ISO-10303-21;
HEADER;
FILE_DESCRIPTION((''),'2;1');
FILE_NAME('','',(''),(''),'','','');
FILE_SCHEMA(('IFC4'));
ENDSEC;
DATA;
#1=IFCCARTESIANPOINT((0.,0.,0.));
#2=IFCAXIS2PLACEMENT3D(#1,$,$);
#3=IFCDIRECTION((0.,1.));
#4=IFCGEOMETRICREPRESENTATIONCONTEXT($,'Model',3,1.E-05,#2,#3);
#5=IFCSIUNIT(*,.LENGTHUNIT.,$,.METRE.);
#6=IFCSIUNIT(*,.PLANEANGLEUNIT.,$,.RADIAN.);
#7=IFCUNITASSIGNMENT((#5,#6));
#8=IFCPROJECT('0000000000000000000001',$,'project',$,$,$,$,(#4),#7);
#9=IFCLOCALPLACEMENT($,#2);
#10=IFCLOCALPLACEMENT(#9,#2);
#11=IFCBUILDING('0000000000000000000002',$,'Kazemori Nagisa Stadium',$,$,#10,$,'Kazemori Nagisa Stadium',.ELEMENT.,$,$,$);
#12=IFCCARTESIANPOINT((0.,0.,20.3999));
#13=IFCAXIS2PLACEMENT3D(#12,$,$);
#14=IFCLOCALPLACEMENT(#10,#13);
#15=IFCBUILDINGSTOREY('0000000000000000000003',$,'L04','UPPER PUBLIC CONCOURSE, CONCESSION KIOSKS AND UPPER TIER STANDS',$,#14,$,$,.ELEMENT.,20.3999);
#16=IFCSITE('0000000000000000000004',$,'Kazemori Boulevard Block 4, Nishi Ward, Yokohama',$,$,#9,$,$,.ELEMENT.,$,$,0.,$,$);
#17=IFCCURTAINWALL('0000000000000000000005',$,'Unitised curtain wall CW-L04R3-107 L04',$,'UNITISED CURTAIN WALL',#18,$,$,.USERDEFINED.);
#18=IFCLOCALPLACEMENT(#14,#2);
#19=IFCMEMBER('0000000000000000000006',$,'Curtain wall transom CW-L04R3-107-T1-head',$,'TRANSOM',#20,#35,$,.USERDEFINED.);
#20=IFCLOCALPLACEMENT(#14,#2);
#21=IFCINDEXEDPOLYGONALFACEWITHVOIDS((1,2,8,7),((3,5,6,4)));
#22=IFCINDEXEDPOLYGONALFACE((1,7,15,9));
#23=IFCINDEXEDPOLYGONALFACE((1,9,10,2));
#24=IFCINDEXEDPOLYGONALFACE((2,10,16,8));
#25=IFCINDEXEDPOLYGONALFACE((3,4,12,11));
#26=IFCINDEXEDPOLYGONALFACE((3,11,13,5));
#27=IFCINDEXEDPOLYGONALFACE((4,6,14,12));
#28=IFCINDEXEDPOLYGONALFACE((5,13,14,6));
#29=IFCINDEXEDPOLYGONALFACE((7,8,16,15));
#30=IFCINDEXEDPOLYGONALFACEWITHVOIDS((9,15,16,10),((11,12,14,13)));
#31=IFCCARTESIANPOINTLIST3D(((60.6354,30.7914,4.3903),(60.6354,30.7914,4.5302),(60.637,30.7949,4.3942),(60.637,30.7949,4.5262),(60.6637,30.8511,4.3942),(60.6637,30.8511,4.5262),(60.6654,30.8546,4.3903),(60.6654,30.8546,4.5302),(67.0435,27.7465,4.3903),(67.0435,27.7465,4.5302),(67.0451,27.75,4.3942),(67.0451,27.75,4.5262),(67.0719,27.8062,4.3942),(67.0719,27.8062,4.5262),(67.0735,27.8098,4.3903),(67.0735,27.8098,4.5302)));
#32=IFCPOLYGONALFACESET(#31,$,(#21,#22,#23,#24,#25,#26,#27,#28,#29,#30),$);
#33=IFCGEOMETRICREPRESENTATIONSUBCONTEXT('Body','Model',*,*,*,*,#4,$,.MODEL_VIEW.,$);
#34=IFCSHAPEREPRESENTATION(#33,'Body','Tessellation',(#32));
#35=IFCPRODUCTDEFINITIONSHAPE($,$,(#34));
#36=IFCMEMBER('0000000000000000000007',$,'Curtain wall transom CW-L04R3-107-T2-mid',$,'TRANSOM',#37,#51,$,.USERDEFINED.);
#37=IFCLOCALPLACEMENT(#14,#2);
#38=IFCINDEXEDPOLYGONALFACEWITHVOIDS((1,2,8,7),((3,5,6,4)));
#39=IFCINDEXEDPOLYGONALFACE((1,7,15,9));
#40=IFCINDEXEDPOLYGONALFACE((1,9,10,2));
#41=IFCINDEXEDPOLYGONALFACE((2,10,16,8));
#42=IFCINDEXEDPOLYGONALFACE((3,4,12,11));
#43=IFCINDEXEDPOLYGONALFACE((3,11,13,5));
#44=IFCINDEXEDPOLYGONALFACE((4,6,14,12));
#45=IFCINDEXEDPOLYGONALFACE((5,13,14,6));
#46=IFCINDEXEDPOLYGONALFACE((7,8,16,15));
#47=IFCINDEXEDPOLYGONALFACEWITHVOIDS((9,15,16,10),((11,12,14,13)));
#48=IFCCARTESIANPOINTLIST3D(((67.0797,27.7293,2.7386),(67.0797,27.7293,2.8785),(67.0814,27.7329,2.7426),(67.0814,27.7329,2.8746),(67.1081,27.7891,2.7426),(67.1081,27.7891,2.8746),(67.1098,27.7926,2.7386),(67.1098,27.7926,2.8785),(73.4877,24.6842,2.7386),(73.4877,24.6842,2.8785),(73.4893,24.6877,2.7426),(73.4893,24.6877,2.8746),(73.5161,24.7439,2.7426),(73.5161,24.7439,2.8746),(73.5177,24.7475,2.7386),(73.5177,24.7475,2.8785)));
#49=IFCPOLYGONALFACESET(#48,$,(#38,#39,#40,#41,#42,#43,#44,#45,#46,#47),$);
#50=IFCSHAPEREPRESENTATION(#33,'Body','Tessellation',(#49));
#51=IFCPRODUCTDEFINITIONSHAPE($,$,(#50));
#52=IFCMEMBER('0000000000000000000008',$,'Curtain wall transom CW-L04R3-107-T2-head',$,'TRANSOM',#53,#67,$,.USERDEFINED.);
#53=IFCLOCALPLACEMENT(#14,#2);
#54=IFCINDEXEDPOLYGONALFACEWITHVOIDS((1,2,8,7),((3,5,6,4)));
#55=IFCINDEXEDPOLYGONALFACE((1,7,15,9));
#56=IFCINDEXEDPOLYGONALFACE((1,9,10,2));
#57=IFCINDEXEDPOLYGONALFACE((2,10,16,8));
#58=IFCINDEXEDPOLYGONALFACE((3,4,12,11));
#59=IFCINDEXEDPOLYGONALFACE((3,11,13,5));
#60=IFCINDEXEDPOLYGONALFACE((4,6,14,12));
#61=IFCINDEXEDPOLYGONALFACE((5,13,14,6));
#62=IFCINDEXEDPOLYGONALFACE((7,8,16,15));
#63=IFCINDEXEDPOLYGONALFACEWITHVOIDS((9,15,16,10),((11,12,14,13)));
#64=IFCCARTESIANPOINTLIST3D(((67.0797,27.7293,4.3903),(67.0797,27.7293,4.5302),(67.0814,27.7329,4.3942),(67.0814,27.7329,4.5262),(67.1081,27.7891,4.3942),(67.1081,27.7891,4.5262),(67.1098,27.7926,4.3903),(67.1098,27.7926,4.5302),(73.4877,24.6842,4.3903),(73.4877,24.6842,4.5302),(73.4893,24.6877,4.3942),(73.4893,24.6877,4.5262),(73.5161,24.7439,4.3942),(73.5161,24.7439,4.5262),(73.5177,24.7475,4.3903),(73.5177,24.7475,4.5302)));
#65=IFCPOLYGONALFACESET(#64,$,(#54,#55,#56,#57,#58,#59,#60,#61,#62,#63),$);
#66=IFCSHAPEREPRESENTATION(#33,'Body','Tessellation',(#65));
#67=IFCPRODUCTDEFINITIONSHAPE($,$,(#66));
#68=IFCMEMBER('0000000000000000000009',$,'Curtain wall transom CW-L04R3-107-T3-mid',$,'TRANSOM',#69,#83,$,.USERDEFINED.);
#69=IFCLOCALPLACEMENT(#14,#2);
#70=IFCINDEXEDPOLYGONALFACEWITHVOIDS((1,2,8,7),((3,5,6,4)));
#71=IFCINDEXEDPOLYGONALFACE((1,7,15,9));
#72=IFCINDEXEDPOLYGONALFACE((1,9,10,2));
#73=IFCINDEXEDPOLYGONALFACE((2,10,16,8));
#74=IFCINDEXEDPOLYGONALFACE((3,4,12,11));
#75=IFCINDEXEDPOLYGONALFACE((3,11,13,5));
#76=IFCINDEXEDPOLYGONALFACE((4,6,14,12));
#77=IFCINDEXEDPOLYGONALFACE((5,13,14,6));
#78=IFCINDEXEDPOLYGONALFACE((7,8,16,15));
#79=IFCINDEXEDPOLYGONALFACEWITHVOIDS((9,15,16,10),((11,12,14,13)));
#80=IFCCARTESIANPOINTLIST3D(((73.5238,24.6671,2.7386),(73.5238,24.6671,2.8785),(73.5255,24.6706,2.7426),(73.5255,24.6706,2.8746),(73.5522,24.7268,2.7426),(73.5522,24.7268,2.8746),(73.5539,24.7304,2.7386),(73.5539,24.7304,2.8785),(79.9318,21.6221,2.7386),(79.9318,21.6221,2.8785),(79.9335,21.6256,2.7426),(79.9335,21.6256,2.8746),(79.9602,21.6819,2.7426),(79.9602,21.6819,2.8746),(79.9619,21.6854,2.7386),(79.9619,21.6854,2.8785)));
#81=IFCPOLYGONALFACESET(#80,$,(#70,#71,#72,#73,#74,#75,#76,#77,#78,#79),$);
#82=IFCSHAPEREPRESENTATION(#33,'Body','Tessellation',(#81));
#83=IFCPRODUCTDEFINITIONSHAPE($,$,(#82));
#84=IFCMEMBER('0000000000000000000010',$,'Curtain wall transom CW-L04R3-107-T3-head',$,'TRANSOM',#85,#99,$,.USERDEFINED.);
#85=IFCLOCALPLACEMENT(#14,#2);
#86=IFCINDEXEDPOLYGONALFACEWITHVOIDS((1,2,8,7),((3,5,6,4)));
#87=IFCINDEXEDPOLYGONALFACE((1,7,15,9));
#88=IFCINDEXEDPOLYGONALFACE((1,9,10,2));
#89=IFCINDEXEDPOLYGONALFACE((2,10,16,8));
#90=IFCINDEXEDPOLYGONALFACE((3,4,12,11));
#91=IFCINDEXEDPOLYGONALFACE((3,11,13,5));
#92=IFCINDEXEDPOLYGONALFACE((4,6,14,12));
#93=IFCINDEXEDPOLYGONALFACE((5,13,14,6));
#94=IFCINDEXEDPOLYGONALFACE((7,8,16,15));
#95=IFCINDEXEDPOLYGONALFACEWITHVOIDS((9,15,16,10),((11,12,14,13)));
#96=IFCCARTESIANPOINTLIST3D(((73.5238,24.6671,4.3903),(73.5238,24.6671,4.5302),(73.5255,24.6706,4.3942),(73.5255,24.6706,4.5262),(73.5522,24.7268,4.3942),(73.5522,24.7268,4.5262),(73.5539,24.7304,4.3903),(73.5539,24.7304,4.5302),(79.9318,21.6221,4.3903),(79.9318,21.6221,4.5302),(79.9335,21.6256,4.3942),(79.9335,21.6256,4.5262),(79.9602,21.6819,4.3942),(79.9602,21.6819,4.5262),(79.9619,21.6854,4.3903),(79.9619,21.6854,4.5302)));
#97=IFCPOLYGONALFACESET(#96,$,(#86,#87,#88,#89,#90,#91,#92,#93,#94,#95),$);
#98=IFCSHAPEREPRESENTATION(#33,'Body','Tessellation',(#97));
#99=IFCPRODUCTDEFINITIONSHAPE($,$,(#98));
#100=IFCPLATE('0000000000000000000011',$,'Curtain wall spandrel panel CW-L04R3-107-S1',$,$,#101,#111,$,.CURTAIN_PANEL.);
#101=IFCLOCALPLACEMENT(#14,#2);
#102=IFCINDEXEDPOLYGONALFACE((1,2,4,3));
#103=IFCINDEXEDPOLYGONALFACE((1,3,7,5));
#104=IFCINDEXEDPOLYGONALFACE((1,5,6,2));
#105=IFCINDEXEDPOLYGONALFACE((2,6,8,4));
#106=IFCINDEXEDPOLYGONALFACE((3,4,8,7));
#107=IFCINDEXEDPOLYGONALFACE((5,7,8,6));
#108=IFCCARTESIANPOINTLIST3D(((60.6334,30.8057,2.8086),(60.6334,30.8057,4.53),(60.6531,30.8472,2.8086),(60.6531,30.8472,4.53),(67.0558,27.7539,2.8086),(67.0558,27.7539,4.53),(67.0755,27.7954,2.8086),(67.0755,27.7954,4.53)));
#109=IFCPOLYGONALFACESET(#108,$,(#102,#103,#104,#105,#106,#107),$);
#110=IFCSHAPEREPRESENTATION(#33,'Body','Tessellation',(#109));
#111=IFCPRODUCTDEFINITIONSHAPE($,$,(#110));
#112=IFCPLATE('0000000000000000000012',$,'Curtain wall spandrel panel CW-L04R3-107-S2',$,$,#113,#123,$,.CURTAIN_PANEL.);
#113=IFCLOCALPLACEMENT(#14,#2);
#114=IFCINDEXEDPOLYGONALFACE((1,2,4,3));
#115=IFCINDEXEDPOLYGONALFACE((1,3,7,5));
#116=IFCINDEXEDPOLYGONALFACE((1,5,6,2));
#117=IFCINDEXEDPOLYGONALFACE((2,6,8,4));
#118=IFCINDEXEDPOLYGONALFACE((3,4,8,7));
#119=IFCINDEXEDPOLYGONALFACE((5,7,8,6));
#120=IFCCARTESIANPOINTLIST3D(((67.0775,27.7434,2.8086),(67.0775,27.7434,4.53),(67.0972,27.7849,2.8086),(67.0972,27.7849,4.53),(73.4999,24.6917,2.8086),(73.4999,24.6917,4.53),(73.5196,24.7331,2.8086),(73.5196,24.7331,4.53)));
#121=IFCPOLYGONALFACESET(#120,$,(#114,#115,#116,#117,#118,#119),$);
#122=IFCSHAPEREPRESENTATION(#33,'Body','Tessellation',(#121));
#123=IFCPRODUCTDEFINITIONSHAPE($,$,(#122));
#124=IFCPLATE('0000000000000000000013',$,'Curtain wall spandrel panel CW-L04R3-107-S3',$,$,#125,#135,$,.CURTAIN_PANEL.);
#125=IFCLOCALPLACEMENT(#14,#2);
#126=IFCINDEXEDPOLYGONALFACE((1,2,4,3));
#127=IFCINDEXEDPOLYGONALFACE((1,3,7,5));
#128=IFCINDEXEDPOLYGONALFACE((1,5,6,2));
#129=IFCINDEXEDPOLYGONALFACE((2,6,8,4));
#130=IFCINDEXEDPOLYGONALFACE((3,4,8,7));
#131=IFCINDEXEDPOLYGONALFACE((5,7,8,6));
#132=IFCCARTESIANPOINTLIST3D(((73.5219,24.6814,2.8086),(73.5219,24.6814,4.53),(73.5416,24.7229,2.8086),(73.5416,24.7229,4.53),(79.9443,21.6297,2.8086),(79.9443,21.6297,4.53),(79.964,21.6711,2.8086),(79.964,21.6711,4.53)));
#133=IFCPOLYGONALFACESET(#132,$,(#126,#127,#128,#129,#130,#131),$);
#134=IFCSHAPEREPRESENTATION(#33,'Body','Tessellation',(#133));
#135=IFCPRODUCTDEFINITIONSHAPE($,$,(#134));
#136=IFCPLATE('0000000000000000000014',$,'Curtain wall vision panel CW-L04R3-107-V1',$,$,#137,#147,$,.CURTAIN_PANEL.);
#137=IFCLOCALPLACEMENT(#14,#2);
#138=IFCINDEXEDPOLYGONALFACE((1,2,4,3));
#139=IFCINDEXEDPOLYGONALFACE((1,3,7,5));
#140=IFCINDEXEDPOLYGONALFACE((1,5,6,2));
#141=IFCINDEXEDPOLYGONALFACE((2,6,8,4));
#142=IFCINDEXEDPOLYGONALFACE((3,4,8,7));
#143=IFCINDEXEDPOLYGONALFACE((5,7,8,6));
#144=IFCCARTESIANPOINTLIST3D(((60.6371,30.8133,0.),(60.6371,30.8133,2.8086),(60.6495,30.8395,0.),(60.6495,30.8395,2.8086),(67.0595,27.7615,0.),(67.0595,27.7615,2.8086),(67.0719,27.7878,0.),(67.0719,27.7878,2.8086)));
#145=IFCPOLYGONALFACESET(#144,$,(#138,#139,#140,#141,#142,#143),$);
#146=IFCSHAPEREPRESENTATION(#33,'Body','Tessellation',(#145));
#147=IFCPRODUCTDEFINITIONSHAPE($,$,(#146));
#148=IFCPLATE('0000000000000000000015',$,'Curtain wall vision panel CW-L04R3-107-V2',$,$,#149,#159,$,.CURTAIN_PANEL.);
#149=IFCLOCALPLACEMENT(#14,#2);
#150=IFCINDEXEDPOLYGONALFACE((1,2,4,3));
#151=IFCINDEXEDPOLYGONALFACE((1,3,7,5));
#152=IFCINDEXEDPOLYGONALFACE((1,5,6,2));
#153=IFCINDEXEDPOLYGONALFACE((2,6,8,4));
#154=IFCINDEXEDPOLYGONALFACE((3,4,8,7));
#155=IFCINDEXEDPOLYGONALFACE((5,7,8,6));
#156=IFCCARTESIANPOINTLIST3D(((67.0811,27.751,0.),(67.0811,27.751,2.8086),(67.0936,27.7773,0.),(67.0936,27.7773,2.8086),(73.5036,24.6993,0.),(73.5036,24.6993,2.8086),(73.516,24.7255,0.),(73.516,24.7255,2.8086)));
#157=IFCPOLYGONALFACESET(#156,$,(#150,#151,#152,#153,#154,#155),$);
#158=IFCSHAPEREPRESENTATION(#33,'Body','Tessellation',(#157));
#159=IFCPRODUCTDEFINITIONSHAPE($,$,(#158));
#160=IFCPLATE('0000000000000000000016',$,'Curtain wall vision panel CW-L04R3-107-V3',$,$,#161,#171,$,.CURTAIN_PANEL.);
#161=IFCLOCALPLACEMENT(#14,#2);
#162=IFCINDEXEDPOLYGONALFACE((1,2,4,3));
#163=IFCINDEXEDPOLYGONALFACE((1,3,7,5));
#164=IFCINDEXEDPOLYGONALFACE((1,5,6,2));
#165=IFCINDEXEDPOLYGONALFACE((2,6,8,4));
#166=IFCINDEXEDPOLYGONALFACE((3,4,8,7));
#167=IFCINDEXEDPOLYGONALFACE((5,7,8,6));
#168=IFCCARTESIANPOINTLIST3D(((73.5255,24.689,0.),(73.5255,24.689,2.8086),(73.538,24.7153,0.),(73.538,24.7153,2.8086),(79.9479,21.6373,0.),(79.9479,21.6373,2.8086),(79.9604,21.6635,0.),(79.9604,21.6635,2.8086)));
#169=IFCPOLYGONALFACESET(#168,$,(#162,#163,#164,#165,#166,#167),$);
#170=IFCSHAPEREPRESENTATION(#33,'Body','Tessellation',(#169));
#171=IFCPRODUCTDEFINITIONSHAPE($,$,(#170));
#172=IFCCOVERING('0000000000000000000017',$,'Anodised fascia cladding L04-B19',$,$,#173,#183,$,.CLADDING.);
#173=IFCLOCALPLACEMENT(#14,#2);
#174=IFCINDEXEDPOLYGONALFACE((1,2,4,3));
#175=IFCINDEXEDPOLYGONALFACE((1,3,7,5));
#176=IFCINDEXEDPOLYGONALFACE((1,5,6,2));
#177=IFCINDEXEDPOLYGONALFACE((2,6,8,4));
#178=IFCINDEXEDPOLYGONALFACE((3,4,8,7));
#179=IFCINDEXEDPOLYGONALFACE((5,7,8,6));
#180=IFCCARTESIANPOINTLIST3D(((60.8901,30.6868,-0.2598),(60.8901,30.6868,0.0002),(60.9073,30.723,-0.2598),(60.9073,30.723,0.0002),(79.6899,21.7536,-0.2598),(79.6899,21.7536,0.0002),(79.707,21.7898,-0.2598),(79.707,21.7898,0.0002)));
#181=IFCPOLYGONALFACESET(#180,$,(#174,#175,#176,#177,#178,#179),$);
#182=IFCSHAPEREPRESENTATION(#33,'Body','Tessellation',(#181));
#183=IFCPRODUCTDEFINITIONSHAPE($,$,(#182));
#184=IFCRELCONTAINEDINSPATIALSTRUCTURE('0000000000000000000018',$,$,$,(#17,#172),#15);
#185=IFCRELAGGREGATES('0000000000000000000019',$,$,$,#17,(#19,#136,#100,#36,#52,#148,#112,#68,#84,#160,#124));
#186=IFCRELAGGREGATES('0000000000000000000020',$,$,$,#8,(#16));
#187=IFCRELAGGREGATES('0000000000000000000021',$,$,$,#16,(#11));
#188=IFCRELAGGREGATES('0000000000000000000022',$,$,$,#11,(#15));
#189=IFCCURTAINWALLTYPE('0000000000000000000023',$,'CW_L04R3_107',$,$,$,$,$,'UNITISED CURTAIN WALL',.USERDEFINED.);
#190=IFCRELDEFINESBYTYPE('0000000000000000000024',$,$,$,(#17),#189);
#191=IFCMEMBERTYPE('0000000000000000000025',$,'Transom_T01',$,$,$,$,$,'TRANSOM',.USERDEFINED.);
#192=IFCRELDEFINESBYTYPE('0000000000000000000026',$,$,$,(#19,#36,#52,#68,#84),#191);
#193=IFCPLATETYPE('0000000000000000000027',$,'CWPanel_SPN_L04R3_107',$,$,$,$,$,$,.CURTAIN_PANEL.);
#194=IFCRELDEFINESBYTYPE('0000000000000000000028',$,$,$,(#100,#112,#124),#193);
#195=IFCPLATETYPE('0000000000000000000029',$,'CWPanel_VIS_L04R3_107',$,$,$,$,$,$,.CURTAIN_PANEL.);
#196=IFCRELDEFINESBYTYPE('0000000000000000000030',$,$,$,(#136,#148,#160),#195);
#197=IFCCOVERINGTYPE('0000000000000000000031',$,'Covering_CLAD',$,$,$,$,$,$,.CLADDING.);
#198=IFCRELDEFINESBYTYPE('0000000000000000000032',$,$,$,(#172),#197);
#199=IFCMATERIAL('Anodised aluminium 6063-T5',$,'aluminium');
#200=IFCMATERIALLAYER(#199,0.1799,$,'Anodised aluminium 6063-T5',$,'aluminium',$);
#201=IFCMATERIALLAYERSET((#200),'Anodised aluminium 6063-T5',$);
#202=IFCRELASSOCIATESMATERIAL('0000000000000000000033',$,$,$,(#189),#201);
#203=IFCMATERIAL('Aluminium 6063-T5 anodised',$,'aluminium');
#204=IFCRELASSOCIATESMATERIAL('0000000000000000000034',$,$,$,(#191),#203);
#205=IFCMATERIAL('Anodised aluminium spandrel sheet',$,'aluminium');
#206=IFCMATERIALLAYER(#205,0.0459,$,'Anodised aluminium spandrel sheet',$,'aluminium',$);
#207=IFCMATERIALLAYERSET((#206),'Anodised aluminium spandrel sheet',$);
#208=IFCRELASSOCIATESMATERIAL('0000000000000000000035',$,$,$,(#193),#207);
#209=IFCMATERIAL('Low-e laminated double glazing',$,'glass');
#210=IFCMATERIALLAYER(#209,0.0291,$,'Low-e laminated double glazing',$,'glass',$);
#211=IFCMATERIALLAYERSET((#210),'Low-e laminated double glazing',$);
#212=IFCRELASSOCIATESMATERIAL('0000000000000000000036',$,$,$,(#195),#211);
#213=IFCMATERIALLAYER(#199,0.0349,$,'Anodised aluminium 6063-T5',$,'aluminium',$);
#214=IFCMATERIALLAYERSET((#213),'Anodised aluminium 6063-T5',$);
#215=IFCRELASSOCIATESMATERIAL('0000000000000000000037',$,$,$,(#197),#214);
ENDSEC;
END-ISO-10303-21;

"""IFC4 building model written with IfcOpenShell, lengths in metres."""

from ifc_helpers import new_model, si_unit, direction, frame, origin, origin_2d, place, context, subcontext, project, spatial, rectangle, hollow_rectangle, extrude, material, layer, layer_set, material_profile, profile_set, type_object, element, aggregate, save


model = new_model("IFC4")

# Units and contexts
model_context = context("Model", 3, precision=1e-05, world=origin(), true_north=direction((0.0, 1.0)))
body_context = subcontext(model_context, "Body", "Model", "MODEL_VIEW")
ifc_project = project(units=[si_unit("LENGTHUNIT", "METRE"), si_unit("PLANEANGLEUNIT", "RADIAN")], contexts=[model_context])

# Site, building, storey
site_placement = place(None, origin())
site = spatial("IfcSite", under=ifc_project, at=site_placement, Name="Kazemori Boulevard Block 4, Nishi Ward, Yokohama", CompositionType="ELEMENT", RefElevation=0.0)
building_placement = place(site_placement, origin())
building = spatial("IfcBuilding", under=site, at=building_placement, Name="Kazemori Nagisa Stadium", LongName="Kazemori Nagisa Stadium", CompositionType="ELEMENT")
storey_placement = place(building_placement, frame((0.0, 0.0, 20.3999)))
storey = spatial("IfcBuildingStorey", under=building, at=storey_placement, Name="L04", Description="UPPER PUBLIC CONCOURSE, CONCESSION KIOSKS AND UPPER TIER STANDS", CompositionType="ELEMENT", Elevation=20.3999)

# Curtain wall, members, plates
ifc_material_1 = material(Name="Anodised aluminium 6063-T5", Category="aluminium")
ifc_layer_1 = layer(ifc_material_1, 0.1799, Name="Anodised aluminium 6063-T5", Category="aluminium")
ifc_layer_set_1 = layer_set([ifc_layer_1], Name="Anodised aluminium 6063-T5")
curtain_wall_type = type_object("IfcCurtainWallType", Name="CW_L04R3_107", ElementType="UNITISED CURTAIN WALL", PredefinedType="USERDEFINED", material=ifc_layer_set_1)
curtain_wall_placement = place(storey_placement, origin())
curtain_wall = element("IfcCurtainWall", 1, at=curtain_wall_placement, inside=storey, type_object=curtain_wall_type, Name="Unitised curtain wall CW-L04R3-107 L04", ObjectType="UNITISED CURTAIN WALL", PredefinedType="USERDEFINED")
ifc_material_2 = material(Name="Aluminium 6063-T5 anodised", Category="aluminium")
ifc_material_profile_1 = material_profile(ifc_material_2, hollow_rectangle(XDim=0.0701, YDim=0.1399, WallThickness=0.0039, at=origin_2d()), Name="ALU-TRAN-70x140x4")
ifc_profile_set_1 = profile_set([ifc_material_profile_1], Name="Aluminium 6063-T5 anodised")
member_type_1 = type_object("IfcMemberType", Name="Transom_T01", ElementType="TRANSOM", PredefinedType="USERDEFINED", material=ifc_profile_set_1)
member_1_placement = place(storey_placement, frame((60.6504, 30.823, 4.4602), z_axis=(0.903221, -0.429175, 0.0), x_axis=(0.429175, 0.903221, 0.0)))
member_1 = element("IfcMember", 2, at=member_1_placement, type_object=member_type_1, Name="Curtain wall transom CW-L04R3-107-T1-head", ObjectType="TRANSOM", PredefinedType="USERDEFINED", context=body_context, shape_type="SweptSolid", body=[
    extrude(hollow_rectangle(XDim=0.0701, YDim=0.1399, WallThickness=0.0039, at=origin_2d()), origin(), (0.0, 0.0, 1.0), 7.0947),
])
member_2_placement = place(storey_placement, frame((67.0947, 27.761, 2.8086), z_axis=(0.903202, -0.429216, 0.0), x_axis=(0.429216, 0.903202, 0.0)))
member_2 = element("IfcMember", 3, at=member_2_placement, type_object=member_type_1, Name="Curtain wall transom CW-L04R3-107-T2-mid", ObjectType="TRANSOM", PredefinedType="USERDEFINED", context=body_context, shape_type="SweptSolid", body=[
    extrude(hollow_rectangle(XDim=0.0701, YDim=0.1399, WallThickness=0.0039, at=origin_2d()), origin(), (0.0, 0.0, 1.0), 7.0947),
])
member_3_placement = place(storey_placement, frame((67.0947, 27.761, 4.4602), z_axis=(0.903202, -0.429216, 0.0), x_axis=(0.429216, 0.903202, 0.0)))
member_3 = element("IfcMember", 4, at=member_3_placement, type_object=member_type_1, Name="Curtain wall transom CW-L04R3-107-T2-head", ObjectType="TRANSOM", PredefinedType="USERDEFINED", context=body_context, shape_type="SweptSolid", body=[
    extrude(hollow_rectangle(XDim=0.0701, YDim=0.1399, WallThickness=0.0039, at=origin_2d()), origin(), (0.0, 0.0, 1.0), 7.0947),
])
member_4_placement = place(storey_placement, frame((73.5388, 24.6987, 2.8086), z_axis=(0.903215, -0.429188, 0.0), x_axis=(0.429188, 0.903215, 0.0)))
member_4 = element("IfcMember", 5, at=member_4_placement, type_object=member_type_1, Name="Curtain wall transom CW-L04R3-107-T3-mid", ObjectType="TRANSOM", PredefinedType="USERDEFINED", context=body_context, shape_type="SweptSolid", body=[
    extrude(hollow_rectangle(XDim=0.0701, YDim=0.1399, WallThickness=0.0039, at=origin_2d()), origin(), (0.0, 0.0, 1.0), 7.0947),
])
member_5_placement = place(storey_placement, frame((73.5388, 24.6987, 4.4602), z_axis=(0.903215, -0.429188, 0.0), x_axis=(0.429188, 0.903215, 0.0)))
member_5 = element("IfcMember", 6, at=member_5_placement, type_object=member_type_1, Name="Curtain wall transom CW-L04R3-107-T3-head", ObjectType="TRANSOM", PredefinedType="USERDEFINED", context=body_context, shape_type="SweptSolid", body=[
    extrude(hollow_rectangle(XDim=0.0701, YDim=0.1399, WallThickness=0.0039, at=origin_2d()), origin(), (0.0, 0.0, 1.0), 7.0947),
])
ifc_material_3 = material(Name="Anodised aluminium spandrel sheet", Category="aluminium")
ifc_layer_2 = layer(ifc_material_3, 0.0459, Name="Anodised aluminium spandrel sheet", Category="aluminium")
ifc_layer_set_2 = layer_set([ifc_layer_2], Name="Anodised aluminium spandrel sheet")
plate_type_1 = type_object("IfcPlateType", Name="CWPanel_SPN_L04R3_107", PredefinedType="CURTAIN_PANEL", material=ifc_layer_set_2)
plate_1_placement = place(storey_placement, frame((63.8545, 29.3005, 2.8086), z_axis=(0.0, 0.0, 1.0), x_axis=(0.903216, -0.429186, 0.0)))
plate_1 = element("IfcPlate", 7, at=plate_1_placement, type_object=plate_type_1, Name="Curtain wall spandrel panel CW-L04R3-107-S1", PredefinedType="CURTAIN_PANEL", context=body_context, shape_type="SweptSolid", body=[
    extrude(rectangle(XDim=7.1106, YDim=0.0459, at=origin_2d()), origin(), (0.0, 0.0, 1.0), 1.7214),
])
plate_2_placement = place(storey_placement, frame((70.2986, 26.2383, 2.8086), z_axis=(0.0, 0.0, 1.0), x_axis=(0.903216, -0.429186, 0.0)))
plate_2 = element("IfcPlate", 8, at=plate_2_placement, type_object=plate_type_1, Name="Curtain wall spandrel panel CW-L04R3-107-S2", PredefinedType="CURTAIN_PANEL", context=body_context, shape_type="SweptSolid", body=[
    extrude(rectangle(XDim=7.1106, YDim=0.0459, at=origin_2d()), origin(), (0.0, 0.0, 1.0), 1.7214),
])
plate_3_placement = place(storey_placement, frame((76.7429, 23.1763, 2.8086), z_axis=(0.0, 0.0, 1.0), x_axis=(0.903216, -0.429186, 0.0)))
plate_3 = element("IfcPlate", 9, at=plate_3_placement, type_object=plate_type_1, Name="Curtain wall spandrel panel CW-L04R3-107-S3", PredefinedType="CURTAIN_PANEL", context=body_context, shape_type="SweptSolid", body=[
    extrude(rectangle(XDim=7.1106, YDim=0.0459, at=origin_2d()), origin(), (0.0, 0.0, 1.0), 1.7214),
])
ifc_material_4 = material(Name="Low-e laminated double glazing", Category="glass")
ifc_layer_3 = layer(ifc_material_4, 0.0291, Name="Low-e laminated double glazing", Category="glass")
ifc_layer_set_3 = layer_set([ifc_layer_3], Name="Low-e laminated double glazing")
plate_type_2 = type_object("IfcPlateType", Name="CWPanel_VIS_L04R3_107", PredefinedType="CURTAIN_PANEL", material=ifc_layer_set_3)
plate_4_placement = place(storey_placement, frame((63.8545, 29.3005, 0.0), z_axis=(0.0, 0.0, 1.0), x_axis=(0.903216, -0.429186, 0.0)))
plate_4 = element("IfcPlate", 10, at=plate_4_placement, type_object=plate_type_2, Name="Curtain wall vision panel CW-L04R3-107-V1", PredefinedType="CURTAIN_PANEL", context=body_context, shape_type="SweptSolid", body=[
    extrude(rectangle(XDim=7.1106, YDim=0.0291, at=origin_2d()), origin(), (0.0, 0.0, 1.0), 2.8086),
])
plate_5_placement = place(storey_placement, frame((70.2986, 26.2383, 0.0), z_axis=(0.0, 0.0, 1.0), x_axis=(0.903216, -0.429186, 0.0)))
plate_5 = element("IfcPlate", 11, at=plate_5_placement, type_object=plate_type_2, Name="Curtain wall vision panel CW-L04R3-107-V2", PredefinedType="CURTAIN_PANEL", context=body_context, shape_type="SweptSolid", body=[
    extrude(rectangle(XDim=7.1106, YDim=0.0291, at=origin_2d()), origin(), (0.0, 0.0, 1.0), 2.8086),
])
plate_6_placement = place(storey_placement, frame((76.7429, 23.1763, 0.0), z_axis=(0.0, 0.0, 1.0), x_axis=(0.903216, -0.429186, 0.0)))
plate_6 = element("IfcPlate", 12, at=plate_6_placement, type_object=plate_type_2, Name="Curtain wall vision panel CW-L04R3-107-V3", PredefinedType="CURTAIN_PANEL", context=body_context, shape_type="SweptSolid", body=[
    extrude(rectangle(XDim=7.1106, YDim=0.0291, at=origin_2d()), origin(), (0.0, 0.0, 1.0), 2.8086),
])
aggregate(curtain_wall, [member_1, plate_4, plate_1, member_2, member_3, plate_5, plate_2, member_4, member_5, plate_6, plate_3])

# Covering
ifc_layer_4 = layer(ifc_material_1, 0.0349, Name="Anodised aluminium 6063-T5", Category="aluminium")
ifc_layer_set_4 = layer_set([ifc_layer_4], Name="Anodised aluminium 6063-T5")
covering_type = type_object("IfcCoveringType", Name="Covering_CLAD", PredefinedType="CLADDING", material=ifc_layer_set_4)
covering_placement = place(storey_placement, frame((70.2986, 26.2383, -0.2598), z_axis=(0.0, 0.0, 1.0), x_axis=(0.903216, -0.429186, 0.0)))
element("IfcCovering", 13, at=covering_placement, inside=storey, type_object=covering_type, Name="Anodised fascia cladding L04-B19", PredefinedType="CLADDING", context=body_context, shape_type="SweptSolid", body=[
    extrude(rectangle(XDim=20.8142, YDim=0.04, at=origin_2d()), origin(), (0.0, 0.0, 1.0), 0.26),
])

save(model, "model.ifc")
